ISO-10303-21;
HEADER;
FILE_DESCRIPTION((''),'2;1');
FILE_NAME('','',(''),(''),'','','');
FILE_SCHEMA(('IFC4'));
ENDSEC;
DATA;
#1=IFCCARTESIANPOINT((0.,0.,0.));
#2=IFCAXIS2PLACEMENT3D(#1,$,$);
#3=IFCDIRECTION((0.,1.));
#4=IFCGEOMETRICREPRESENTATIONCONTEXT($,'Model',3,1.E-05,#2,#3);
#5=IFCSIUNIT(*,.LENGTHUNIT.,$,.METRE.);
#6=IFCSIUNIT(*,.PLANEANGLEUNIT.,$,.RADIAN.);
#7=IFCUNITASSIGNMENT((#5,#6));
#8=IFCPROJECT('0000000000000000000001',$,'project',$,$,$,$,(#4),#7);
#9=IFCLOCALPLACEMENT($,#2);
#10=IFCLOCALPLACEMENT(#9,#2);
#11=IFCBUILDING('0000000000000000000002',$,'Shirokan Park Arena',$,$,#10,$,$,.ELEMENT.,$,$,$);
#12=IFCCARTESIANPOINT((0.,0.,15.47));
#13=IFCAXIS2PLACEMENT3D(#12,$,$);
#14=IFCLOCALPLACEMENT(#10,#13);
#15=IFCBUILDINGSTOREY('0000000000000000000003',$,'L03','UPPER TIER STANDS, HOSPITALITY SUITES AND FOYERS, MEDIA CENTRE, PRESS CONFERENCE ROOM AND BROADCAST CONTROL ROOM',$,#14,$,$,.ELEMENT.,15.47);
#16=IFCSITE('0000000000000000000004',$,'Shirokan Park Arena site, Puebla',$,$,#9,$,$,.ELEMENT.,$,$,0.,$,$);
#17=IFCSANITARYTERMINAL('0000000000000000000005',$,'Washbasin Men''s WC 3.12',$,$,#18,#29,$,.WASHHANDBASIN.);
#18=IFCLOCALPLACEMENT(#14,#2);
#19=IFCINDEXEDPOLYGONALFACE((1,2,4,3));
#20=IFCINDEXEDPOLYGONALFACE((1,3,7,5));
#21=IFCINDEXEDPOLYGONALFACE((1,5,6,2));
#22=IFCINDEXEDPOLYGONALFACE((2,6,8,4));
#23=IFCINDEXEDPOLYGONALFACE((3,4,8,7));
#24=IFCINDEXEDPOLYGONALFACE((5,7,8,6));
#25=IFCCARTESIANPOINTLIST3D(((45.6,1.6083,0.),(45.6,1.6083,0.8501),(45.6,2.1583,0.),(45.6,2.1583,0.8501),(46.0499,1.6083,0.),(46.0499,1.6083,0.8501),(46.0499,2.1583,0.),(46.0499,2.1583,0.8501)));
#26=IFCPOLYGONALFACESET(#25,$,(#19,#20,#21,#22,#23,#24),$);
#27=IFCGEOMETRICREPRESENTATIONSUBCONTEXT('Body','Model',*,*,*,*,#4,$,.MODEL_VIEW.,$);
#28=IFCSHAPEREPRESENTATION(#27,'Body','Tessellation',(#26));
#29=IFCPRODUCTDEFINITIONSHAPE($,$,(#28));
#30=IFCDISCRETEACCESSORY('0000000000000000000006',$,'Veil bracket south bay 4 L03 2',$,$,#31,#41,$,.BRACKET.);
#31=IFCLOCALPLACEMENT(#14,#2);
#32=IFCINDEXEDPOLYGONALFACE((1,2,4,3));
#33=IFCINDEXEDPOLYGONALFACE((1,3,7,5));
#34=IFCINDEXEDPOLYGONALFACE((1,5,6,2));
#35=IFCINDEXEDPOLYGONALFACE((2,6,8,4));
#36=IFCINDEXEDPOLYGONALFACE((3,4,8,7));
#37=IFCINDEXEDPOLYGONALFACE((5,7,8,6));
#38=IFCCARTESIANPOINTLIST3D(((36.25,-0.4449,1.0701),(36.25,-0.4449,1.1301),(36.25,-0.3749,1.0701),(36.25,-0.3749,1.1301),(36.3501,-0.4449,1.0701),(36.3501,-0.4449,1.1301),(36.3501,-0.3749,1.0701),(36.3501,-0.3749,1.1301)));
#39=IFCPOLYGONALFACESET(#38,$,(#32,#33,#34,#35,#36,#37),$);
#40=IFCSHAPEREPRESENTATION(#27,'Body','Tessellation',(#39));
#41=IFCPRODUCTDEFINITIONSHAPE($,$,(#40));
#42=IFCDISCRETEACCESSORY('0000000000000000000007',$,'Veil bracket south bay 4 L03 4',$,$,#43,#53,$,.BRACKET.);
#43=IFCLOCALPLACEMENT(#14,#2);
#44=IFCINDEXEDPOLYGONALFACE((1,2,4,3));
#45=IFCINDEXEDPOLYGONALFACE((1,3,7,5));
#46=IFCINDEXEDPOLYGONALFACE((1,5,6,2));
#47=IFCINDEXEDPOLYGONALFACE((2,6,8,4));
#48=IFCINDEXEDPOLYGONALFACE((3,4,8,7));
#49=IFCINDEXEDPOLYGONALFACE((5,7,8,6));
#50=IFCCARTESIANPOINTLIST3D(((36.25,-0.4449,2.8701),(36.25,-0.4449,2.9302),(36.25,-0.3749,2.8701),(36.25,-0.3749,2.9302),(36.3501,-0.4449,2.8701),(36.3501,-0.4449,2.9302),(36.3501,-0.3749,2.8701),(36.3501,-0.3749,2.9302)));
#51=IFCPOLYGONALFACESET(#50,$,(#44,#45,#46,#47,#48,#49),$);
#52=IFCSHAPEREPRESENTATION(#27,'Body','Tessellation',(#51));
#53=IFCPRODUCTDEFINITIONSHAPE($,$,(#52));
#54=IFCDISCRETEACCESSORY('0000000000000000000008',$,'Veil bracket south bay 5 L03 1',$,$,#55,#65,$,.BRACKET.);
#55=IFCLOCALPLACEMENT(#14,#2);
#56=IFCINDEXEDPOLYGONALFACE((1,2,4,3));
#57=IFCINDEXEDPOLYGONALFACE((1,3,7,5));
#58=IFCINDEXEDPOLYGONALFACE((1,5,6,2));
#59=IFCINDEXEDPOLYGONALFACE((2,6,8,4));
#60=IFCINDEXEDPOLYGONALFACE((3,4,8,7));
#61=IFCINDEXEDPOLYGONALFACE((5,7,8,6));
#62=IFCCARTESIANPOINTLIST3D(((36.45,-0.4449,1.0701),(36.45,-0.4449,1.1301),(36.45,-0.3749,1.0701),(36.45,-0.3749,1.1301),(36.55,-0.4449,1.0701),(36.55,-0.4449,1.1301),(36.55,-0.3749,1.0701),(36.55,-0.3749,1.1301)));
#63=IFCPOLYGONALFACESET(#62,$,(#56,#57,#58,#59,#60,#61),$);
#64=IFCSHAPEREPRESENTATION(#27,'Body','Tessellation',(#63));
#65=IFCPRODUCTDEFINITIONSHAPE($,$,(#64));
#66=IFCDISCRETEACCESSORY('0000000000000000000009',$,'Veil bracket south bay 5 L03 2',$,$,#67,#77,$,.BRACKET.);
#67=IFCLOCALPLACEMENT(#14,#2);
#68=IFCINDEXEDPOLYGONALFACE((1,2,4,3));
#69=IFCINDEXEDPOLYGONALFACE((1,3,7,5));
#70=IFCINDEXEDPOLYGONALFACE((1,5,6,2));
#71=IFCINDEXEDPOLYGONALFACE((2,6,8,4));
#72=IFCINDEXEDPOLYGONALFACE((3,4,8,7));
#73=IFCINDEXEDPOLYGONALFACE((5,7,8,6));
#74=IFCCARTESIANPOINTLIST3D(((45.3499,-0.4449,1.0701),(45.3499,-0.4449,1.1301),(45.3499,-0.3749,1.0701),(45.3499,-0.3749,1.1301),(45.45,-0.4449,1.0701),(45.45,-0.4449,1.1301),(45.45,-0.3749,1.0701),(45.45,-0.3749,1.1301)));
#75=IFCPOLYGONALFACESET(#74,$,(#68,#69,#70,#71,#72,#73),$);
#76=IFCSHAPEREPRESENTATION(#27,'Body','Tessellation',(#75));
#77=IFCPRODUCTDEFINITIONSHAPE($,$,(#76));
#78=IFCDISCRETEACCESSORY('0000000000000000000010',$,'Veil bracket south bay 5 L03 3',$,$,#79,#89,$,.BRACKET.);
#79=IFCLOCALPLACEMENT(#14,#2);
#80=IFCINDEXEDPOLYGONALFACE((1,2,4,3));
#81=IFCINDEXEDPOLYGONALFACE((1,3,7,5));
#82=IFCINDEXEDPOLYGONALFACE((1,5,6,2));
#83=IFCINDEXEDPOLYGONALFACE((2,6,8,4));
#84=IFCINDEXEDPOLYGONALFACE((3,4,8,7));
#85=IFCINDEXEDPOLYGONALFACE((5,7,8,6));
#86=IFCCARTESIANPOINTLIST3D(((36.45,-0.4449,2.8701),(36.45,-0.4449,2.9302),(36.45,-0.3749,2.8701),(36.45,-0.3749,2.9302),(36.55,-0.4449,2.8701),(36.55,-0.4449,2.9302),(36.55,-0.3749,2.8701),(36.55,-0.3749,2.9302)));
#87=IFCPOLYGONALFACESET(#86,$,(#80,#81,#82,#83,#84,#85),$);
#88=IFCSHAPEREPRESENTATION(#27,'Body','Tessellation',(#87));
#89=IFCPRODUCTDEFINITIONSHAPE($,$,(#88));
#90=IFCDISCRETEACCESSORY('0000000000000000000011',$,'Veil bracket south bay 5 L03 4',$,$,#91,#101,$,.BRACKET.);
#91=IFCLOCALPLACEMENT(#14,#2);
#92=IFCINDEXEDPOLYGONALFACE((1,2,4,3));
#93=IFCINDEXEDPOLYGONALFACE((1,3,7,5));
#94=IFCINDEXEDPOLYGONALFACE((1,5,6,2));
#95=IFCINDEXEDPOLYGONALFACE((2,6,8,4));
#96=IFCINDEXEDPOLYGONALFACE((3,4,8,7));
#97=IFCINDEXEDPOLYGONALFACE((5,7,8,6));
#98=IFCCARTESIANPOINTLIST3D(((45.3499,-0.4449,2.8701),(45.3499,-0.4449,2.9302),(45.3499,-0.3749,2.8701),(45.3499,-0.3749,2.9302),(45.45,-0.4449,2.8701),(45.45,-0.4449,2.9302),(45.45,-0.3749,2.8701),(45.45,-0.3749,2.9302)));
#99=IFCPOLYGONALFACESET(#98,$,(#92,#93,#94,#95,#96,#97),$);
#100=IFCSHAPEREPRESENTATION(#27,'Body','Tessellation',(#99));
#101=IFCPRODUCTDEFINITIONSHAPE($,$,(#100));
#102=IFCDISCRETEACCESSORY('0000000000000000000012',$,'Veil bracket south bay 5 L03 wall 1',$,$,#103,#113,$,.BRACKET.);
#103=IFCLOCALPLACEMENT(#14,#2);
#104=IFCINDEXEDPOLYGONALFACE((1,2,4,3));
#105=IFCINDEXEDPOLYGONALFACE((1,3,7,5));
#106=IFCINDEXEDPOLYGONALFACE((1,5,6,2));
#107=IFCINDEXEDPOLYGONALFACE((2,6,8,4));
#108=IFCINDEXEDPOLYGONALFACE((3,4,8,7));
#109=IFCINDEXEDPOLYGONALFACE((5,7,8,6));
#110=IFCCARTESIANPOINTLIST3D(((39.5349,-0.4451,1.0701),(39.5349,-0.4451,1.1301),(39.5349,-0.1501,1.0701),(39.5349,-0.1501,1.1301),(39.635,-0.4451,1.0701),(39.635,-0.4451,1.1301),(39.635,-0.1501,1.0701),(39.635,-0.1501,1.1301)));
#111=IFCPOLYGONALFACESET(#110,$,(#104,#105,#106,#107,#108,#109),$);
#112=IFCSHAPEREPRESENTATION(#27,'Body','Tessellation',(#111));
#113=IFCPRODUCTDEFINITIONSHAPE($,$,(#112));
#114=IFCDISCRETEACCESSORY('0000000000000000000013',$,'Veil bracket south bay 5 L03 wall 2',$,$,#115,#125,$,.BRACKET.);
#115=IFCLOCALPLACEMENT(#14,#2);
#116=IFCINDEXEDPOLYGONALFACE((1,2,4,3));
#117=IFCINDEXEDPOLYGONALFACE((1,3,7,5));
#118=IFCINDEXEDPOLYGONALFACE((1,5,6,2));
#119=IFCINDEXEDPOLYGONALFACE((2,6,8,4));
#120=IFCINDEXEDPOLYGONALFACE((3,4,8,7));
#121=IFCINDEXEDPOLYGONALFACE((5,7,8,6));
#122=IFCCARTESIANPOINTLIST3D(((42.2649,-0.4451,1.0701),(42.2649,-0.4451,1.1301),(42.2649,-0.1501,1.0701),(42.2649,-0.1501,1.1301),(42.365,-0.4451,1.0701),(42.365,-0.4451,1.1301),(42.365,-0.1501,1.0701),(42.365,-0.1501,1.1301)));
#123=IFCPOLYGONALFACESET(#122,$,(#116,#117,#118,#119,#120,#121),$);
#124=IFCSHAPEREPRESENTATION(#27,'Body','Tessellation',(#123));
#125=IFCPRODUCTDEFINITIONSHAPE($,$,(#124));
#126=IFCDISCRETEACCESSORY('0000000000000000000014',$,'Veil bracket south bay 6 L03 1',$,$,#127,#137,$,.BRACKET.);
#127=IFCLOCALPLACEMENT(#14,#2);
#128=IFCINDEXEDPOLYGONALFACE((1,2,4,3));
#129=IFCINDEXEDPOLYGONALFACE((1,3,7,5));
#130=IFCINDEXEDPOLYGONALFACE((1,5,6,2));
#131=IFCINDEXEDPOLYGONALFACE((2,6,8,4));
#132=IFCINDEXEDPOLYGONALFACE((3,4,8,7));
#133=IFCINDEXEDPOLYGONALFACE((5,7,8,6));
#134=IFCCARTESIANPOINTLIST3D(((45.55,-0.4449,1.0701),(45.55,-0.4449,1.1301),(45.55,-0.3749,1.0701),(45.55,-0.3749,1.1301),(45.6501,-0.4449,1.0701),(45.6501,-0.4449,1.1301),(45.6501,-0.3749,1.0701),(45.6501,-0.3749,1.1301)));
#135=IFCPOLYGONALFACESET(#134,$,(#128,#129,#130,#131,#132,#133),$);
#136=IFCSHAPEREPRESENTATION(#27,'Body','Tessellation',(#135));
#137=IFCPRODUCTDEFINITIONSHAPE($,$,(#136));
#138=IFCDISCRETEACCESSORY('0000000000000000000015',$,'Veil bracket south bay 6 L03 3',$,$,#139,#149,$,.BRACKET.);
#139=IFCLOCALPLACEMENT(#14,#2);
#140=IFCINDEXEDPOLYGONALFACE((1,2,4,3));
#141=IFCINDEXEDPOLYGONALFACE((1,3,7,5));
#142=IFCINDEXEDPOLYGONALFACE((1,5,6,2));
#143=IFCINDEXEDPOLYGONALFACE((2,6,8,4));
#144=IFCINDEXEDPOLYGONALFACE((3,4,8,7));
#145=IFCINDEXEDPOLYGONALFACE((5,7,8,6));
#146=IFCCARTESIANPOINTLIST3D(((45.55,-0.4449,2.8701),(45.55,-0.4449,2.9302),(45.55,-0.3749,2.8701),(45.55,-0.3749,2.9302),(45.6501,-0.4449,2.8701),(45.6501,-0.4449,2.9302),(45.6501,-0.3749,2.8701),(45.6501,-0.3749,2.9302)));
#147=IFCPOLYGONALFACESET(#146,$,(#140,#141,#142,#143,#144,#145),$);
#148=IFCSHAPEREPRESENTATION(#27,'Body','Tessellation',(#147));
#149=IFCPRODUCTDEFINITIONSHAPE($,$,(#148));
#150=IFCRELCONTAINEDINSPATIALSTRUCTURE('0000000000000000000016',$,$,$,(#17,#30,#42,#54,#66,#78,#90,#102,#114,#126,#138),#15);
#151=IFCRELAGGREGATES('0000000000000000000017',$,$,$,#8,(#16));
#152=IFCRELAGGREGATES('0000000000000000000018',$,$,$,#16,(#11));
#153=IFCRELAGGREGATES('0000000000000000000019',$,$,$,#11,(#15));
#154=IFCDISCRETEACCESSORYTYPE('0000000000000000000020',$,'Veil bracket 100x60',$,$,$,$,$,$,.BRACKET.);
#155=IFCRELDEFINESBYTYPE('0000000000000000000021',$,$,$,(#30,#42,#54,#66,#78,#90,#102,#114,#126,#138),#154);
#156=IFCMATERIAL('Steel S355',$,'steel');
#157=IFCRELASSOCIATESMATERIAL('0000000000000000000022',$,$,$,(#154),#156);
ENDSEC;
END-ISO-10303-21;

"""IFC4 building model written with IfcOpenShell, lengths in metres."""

from ifc_helpers import new_model, si_unit, direction, frame, origin, origin_2d, place, context, subcontext, project, spatial, rectangle, extrude, material, type_object, element, save


model = new_model("IFC4")

# Units and contexts
model_context = context("Model", 3, precision=1e-05, world=origin(), true_north=direction((0.0, 1.0)))
body_context = subcontext(model_context, "Body", "Model", "MODEL_VIEW")
ifc_project = project(units=[si_unit("LENGTHUNIT", "METRE"), si_unit("PLANEANGLEUNIT", "RADIAN")], contexts=[model_context])

# Site, building, storey
site_placement = place(None, origin())
site = spatial("IfcSite", under=ifc_project, at=site_placement, Name="Shirokan Park Arena site, Puebla", CompositionType="ELEMENT", RefElevation=0.0)
building_placement = place(site_placement, origin())
building = spatial("IfcBuilding", under=site, at=building_placement, Name="Shirokan Park Arena", CompositionType="ELEMENT")
storey_placement = place(building_placement, frame((0.0, 0.0, 15.47)))
storey = spatial("IfcBuildingStorey", under=building, at=storey_placement, Name="L03", Description="UPPER TIER STANDS, HOSPITALITY SUITES AND FOYERS, MEDIA CENTRE, PRESS CONFERENCE ROOM AND BROADCAST CONTROL ROOM", CompositionType="ELEMENT", Elevation=15.47)

# Shared definitions
ifc_material_1 = material(Name="Steel S355", Category="steel")

# Sanitary terminal
for number, where, z_axis, x_axis, name in (
    (1, (45.825, 1.8833, 0.0), (0.0, 0.0, 1.0), (1.0, 0.0, 0.0), "Washbasin Men's WC 3.12"),
):
    element("IfcSanitaryTerminal", number, at=place(storey_placement, frame(where, z_axis=z_axis, x_axis=x_axis)), inside=storey, Name=name, PredefinedType="WASHHANDBASIN", context=body_context, shape_type="SweptSolid", body=[
        extrude(rectangle(XDim=0.45, YDim=0.55, at=origin_2d()), origin(), (0.0, 0.0, 1.0), 0.8501),
    ])

# Discrete accessories
discrete_accessory_type = type_object("IfcDiscreteAccessoryType", Name="Veil bracket 100x60", PredefinedType="BRACKET", material=ifc_material_1)
for number, where, z_axis, x_axis, name in (
    (2, (36.3, -0.4099, 1.0701), (0.0, 0.0, 1.0), (1.0, 0.0, 0.0), "Veil bracket south bay 4 L03 2"),
    (3, (36.3, -0.4099, 2.8701), (0.0, 0.0, 1.0), (1.0, 0.0, 0.0), "Veil bracket south bay 4 L03 4"),
    (4, (36.5, -0.4099, 1.0701), (0.0, 0.0, 1.0), (1.0, 0.0, 0.0), "Veil bracket south bay 5 L03 1"),
    (5, (45.3999, -0.4099, 1.0701), (0.0, 0.0, 1.0), (1.0, 0.0, 0.0), "Veil bracket south bay 5 L03 2"),
    (6, (36.5, -0.4099, 2.8701), (0.0, 0.0, 1.0), (1.0, 0.0, 0.0), "Veil bracket south bay 5 L03 3"),
    (7, (45.3999, -0.4099, 2.8701), (0.0, 0.0, 1.0), (1.0, 0.0, 0.0), "Veil bracket south bay 5 L03 4"),
):
    element("IfcDiscreteAccessory", number, at=place(storey_placement, frame(where, z_axis=z_axis, x_axis=x_axis)), inside=storey, type_object=discrete_accessory_type, Name=name, PredefinedType="BRACKET", context=body_context, shape_type="SweptSolid", body=[
        extrude(rectangle(XDim=0.1001, YDim=0.0701, at=origin_2d()), origin(), (0.0, 0.0, 1.0), 0.0601),
    ])
for number, where, z_axis, x_axis, name in (
    (8, (39.585, -0.2976, 1.0701), (0.0, 0.0, 1.0), (1.0, 0.0, 0.0), "Veil bracket south bay 5 L03 wall 1"),
    (9, (42.3149, -0.2976, 1.0701), (0.0, 0.0, 1.0), (1.0, 0.0, 0.0), "Veil bracket south bay 5 L03 wall 2"),
):
    element("IfcDiscreteAccessory", number, at=place(storey_placement, frame(where, z_axis=z_axis, x_axis=x_axis)), inside=storey, type_object=discrete_accessory_type, Name=name, PredefinedType="BRACKET", context=body_context, shape_type="SweptSolid", body=[
        extrude(rectangle(XDim=0.1001, YDim=0.2949, at=origin_2d()), origin(), (0.0, 0.0, 1.0), 0.0601),
    ])
for number, where, z_axis, x_axis, name in (
    (10, (45.6001, -0.4099, 1.0701), (0.0, 0.0, 1.0), (1.0, 0.0, 0.0), "Veil bracket south bay 6 L03 1"),
    (11, (45.6001, -0.4099, 2.8701), (0.0, 0.0, 1.0), (1.0, 0.0, 0.0), "Veil bracket south bay 6 L03 3"),
):
    element("IfcDiscreteAccessory", number, at=place(storey_placement, frame(where, z_axis=z_axis, x_axis=x_axis)), inside=storey, type_object=discrete_accessory_type, Name=name, PredefinedType="BRACKET", context=body_context, shape_type="SweptSolid", body=[
        extrude(rectangle(XDim=0.1001, YDim=0.0701, at=origin_2d()), origin(), (0.0, 0.0, 1.0), 0.0601),
    ])

save(model, "model.ifc")
